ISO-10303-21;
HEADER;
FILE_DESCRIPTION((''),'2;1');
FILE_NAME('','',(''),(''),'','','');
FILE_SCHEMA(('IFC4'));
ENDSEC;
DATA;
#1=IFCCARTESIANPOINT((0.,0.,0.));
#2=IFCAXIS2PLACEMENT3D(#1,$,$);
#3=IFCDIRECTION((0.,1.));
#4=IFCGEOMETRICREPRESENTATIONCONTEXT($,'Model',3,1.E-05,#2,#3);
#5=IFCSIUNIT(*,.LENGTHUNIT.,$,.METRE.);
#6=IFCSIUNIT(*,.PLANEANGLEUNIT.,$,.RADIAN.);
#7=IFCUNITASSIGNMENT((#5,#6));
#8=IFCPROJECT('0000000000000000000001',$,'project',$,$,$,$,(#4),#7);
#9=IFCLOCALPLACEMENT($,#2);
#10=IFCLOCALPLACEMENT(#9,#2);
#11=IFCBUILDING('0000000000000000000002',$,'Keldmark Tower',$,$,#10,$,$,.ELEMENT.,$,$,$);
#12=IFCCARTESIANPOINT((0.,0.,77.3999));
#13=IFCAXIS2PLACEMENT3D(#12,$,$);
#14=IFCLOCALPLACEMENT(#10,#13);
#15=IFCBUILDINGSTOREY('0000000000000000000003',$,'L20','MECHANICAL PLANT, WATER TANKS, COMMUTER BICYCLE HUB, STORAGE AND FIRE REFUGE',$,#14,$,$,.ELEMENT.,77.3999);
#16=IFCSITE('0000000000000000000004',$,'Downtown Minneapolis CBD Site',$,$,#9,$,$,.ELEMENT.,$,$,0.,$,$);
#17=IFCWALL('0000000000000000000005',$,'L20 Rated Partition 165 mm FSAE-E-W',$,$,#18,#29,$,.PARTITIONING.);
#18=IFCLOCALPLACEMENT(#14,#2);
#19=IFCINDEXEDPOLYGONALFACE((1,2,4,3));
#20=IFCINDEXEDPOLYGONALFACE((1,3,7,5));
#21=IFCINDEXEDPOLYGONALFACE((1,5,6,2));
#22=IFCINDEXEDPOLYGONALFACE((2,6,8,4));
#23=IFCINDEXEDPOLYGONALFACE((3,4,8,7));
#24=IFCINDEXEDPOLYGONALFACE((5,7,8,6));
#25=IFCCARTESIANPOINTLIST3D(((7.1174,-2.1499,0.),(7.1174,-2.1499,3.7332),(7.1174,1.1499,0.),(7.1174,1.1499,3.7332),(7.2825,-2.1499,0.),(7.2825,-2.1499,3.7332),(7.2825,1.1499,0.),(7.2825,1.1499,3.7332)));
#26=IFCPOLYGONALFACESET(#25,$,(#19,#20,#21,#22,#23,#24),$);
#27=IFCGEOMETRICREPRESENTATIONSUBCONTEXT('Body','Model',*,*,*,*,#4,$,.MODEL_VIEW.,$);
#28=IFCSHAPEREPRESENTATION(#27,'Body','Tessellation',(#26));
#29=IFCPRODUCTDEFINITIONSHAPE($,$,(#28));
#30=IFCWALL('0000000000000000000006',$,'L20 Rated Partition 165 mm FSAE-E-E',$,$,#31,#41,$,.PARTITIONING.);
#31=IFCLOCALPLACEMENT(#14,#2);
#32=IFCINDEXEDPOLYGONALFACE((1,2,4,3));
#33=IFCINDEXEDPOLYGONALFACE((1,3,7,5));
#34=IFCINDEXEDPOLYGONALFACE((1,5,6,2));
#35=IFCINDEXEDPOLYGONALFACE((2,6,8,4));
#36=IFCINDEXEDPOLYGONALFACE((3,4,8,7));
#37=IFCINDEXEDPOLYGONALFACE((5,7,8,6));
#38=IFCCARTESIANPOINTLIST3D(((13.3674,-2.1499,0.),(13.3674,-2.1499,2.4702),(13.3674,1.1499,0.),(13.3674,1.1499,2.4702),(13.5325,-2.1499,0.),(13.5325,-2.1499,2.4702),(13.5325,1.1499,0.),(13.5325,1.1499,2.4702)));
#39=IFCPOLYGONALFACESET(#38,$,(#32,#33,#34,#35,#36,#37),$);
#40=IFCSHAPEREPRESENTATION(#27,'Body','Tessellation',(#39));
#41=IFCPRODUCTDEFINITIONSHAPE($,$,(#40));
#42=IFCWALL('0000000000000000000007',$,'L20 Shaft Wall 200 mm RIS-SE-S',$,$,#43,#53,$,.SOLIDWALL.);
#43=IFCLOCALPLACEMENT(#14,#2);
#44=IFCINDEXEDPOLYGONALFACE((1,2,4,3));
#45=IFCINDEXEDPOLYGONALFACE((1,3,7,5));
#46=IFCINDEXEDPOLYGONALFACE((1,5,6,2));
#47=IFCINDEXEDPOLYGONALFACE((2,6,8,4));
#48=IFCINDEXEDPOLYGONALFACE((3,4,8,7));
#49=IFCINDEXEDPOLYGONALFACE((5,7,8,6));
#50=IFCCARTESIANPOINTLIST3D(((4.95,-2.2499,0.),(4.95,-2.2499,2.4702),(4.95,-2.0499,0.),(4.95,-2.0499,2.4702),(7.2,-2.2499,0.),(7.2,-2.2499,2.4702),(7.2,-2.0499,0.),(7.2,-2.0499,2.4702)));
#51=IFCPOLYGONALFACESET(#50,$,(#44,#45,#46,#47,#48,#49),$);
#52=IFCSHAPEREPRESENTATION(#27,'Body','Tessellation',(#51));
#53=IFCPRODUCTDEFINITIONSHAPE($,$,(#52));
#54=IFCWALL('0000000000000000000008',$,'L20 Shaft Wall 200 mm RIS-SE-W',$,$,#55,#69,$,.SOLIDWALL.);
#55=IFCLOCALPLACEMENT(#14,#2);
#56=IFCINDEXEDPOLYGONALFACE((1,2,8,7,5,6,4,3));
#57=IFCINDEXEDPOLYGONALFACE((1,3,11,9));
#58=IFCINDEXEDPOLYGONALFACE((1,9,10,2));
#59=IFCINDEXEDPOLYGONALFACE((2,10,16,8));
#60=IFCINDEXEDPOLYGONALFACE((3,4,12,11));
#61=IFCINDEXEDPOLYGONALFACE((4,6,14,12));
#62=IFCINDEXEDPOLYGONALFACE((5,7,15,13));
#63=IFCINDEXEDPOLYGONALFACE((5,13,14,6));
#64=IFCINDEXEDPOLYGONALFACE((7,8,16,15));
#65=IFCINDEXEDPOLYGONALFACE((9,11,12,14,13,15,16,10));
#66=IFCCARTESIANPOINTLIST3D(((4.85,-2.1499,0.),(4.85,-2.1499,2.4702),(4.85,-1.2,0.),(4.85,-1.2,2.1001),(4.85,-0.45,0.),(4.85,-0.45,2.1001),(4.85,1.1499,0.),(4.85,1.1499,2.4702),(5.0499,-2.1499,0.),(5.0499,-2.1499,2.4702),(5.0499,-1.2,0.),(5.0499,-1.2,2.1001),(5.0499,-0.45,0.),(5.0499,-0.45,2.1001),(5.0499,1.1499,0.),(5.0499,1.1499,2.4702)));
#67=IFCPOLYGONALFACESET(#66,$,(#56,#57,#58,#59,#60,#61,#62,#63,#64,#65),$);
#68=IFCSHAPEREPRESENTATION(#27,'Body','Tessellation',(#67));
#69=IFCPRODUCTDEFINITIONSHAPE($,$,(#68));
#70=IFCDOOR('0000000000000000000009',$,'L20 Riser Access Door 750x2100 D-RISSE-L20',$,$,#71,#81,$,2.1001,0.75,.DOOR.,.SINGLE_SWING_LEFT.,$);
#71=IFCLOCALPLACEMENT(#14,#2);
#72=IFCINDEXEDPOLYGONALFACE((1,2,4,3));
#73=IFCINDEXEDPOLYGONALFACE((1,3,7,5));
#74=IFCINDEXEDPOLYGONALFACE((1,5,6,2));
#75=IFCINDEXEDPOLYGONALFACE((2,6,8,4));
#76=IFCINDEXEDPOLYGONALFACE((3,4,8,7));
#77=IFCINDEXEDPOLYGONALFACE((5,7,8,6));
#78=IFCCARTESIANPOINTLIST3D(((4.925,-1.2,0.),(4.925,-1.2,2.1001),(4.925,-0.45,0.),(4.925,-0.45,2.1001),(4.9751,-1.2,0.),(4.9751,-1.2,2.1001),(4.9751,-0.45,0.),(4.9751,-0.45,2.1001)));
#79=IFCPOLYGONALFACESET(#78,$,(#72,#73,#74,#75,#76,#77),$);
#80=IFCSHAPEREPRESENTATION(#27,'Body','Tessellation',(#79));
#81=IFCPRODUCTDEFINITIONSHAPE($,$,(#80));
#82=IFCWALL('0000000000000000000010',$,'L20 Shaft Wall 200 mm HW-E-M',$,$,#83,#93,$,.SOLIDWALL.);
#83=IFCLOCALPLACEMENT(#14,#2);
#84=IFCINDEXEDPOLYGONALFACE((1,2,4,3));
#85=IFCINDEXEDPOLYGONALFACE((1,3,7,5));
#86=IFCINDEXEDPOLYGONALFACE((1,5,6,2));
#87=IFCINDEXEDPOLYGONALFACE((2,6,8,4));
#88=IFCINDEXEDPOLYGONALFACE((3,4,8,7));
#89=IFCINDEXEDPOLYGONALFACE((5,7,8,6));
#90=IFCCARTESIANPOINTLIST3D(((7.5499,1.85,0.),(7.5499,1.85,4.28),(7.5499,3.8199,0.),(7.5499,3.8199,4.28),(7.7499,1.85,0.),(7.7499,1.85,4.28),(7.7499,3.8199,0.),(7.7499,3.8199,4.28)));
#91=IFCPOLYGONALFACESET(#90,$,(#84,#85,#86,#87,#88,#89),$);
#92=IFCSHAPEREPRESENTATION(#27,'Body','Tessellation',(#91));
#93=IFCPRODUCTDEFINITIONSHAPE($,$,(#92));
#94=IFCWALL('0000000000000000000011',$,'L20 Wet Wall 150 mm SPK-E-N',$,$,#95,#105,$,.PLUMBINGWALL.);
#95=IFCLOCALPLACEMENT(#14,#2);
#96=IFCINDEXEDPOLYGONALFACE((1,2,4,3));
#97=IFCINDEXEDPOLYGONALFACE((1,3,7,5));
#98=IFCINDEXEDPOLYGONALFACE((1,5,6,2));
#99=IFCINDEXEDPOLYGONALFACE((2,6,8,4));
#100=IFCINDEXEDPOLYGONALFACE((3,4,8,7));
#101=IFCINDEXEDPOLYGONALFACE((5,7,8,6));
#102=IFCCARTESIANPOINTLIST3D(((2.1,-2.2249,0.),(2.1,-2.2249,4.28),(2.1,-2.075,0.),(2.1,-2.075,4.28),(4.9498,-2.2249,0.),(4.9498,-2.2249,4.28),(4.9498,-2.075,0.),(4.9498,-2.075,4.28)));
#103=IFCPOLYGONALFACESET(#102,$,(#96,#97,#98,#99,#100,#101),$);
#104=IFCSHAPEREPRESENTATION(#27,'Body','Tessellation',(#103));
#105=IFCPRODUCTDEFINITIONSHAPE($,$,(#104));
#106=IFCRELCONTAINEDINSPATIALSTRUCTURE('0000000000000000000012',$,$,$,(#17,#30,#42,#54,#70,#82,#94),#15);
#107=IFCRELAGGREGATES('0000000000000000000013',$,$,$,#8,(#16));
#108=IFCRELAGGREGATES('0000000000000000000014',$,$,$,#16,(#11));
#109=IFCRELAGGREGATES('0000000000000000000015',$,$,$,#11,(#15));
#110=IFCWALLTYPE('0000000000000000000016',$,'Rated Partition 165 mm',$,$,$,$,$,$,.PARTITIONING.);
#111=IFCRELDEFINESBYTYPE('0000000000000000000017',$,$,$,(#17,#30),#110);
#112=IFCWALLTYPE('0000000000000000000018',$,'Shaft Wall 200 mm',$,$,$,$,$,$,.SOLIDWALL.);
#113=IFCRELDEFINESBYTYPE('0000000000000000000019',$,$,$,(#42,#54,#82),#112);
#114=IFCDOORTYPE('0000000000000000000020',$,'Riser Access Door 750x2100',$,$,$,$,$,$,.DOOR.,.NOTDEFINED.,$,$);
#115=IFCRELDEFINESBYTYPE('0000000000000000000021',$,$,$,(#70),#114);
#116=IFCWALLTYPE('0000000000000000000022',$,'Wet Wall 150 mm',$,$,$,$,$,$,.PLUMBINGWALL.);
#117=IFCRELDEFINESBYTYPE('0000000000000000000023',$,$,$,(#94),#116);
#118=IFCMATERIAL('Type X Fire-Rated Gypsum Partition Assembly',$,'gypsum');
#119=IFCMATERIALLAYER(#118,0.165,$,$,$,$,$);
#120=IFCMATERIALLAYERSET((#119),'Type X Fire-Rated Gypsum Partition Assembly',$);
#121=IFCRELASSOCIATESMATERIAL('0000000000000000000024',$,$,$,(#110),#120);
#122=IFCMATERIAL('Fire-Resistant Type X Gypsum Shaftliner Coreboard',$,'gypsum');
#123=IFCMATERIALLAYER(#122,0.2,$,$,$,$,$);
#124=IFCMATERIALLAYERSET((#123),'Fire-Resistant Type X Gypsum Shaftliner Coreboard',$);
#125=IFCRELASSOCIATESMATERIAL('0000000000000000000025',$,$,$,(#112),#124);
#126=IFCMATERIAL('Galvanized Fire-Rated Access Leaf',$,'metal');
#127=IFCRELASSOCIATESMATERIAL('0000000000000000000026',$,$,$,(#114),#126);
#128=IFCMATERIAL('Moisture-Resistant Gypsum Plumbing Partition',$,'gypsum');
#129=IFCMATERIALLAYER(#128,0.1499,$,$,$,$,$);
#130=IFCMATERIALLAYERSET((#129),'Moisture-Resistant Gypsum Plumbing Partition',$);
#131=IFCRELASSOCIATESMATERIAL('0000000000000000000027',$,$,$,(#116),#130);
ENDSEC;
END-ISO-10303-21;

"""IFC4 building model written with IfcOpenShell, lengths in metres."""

from ifc_helpers import new_model, si_unit, direction, frame, frame_2d, origin, place, context, subcontext, project, spatial, rectangle, extrude, material, layer, layer_set, type_object, element, fill, save


model = new_model("IFC4")

# Units and contexts
model_context = context("Model", 3, precision=1e-05, world=origin(), true_north=direction((0.0, 1.0)))
body_context = subcontext(model_context, "Body", "Model", "MODEL_VIEW")
ifc_project = project(units=[si_unit("LENGTHUNIT", "METRE"), si_unit("PLANEANGLEUNIT", "RADIAN")], contexts=[model_context])

# Site, building, storey
site_placement = place(None, origin())
site = spatial("IfcSite", under=ifc_project, at=site_placement, Name="Downtown Minneapolis CBD Site", CompositionType="ELEMENT", RefElevation=0.0)
building_placement = place(site_placement, origin())
building = spatial("IfcBuilding", under=site, at=building_placement, Name="Keldmark Tower", CompositionType="ELEMENT")
storey_placement = place(building_placement, frame((0.0, 0.0, 77.3999)))
storey = spatial("IfcBuildingStorey", under=building, at=storey_placement, Name="L20", Description="MECHANICAL PLANT, WATER TANKS, COMMUTER BICYCLE HUB, STORAGE AND FIRE REFUGE", CompositionType="ELEMENT", Elevation=77.3999)

# Shared definitions
ifc_material_1 = material(Name="Type X Fire-Rated Gypsum Partition Assembly", Category="gypsum")
ifc_layer_1 = layer(ifc_material_1, 0.165)
ifc_layer_set_1 = layer_set([ifc_layer_1], Name="Type X Fire-Rated Gypsum Partition Assembly")
wall_type_1 = type_object("IfcWallType", Name="Rated Partition 165 mm", PredefinedType="PARTITIONING", material=ifc_layer_set_1)

# Walls
wall_1_placement = place(storey_placement, frame((7.2, -2.1499, 0.0), z_axis=(0.0, 0.0, 1.0), x_axis=(0.0, 1.0, 0.0)))
element("IfcWall", 1, at=wall_1_placement, inside=storey, type_object=wall_type_1, Name="L20 Rated Partition 165 mm FSAE-E-W", PredefinedType="PARTITIONING", context=body_context, shape_type="SweptSolid", body=[
    extrude(rectangle(XDim=3.2998, YDim=0.165, at=frame_2d((1.6499, 0.0))), origin(), (0.0, 0.0, 1.0), 3.7332),
])
wall_2_placement = place(storey_placement, frame((13.45, -2.1499, 0.0), z_axis=(0.0, 0.0, 1.0), x_axis=(0.0, 1.0, 0.0)))
element("IfcWall", 2, at=wall_2_placement, inside=storey, type_object=wall_type_1, Name="L20 Rated Partition 165 mm FSAE-E-E", PredefinedType="PARTITIONING", context=body_context, shape_type="SweptSolid", body=[
    extrude(rectangle(XDim=3.2998, YDim=0.165, at=frame_2d((1.6499, 0.0))), origin(), (0.0, 0.0, 1.0), 2.4702),
])
ifc_material_2 = material(Name="Fire-Resistant Type X Gypsum Shaftliner Coreboard", Category="gypsum")
ifc_layer_2 = layer(ifc_material_2, 0.2)
ifc_layer_set_2 = layer_set([ifc_layer_2], Name="Fire-Resistant Type X Gypsum Shaftliner Coreboard")
wall_type_2 = type_object("IfcWallType", Name="Shaft Wall 200 mm", PredefinedType="SOLIDWALL", material=ifc_layer_set_2)
wall_3_placement = place(storey_placement, frame((4.95, -2.1499, 0.0), z_axis=(0.0, 0.0, 1.0), x_axis=(1.0, 0.0, 0.0)))
element("IfcWall", 3, at=wall_3_placement, inside=storey, type_object=wall_type_2, Name="L20 Shaft Wall 200 mm RIS-SE-S", PredefinedType="SOLIDWALL", context=body_context, shape_type="SweptSolid", body=[
    extrude(rectangle(XDim=2.25, YDim=0.2, at=frame_2d((1.125, 0.0))), origin(), (0.0, 0.0, 1.0), 2.4702),
])

# Wall, opening, door
wall_4_placement = place(storey_placement, frame((4.95, -2.1499, 0.0), z_axis=(0.0, 0.0, 1.0), x_axis=(0.0, 1.0, 0.0)))
wall_4 = element("IfcWall", 4, at=wall_4_placement, inside=storey, type_object=wall_type_2, Name="L20 Shaft Wall 200 mm RIS-SE-W", PredefinedType="SOLIDWALL", context=body_context, shape_type="SweptSolid", body=[
    extrude(rectangle(XDim=3.2998, YDim=0.2, at=frame_2d((1.6499, 0.0))), origin(), (0.0, 0.0, 1.0), 2.4702),
])
opening_1_placement = place(wall_4_placement, frame((0.95, 0.0, 0.0)))
opening_1 = element("IfcOpeningElement", 5, at=opening_1_placement, cuts=wall_4, PredefinedType="OPENING", context=body_context, shape_type="SweptSolid", body=[
    extrude(rectangle(XDim=0.75, YDim=2.1001, at=frame_2d((0.375, 1.05))), frame((0.0, 0.1099, 0.0), z_axis=(0.0, -1.0, 0.0), x_axis=(1.0, 0.0, 0.0)), (0.0, 0.0, 1.0), 0.22),
])
ifc_material_3 = material(Name="Galvanized Fire-Rated Access Leaf", Category="metal")
door_type_1 = type_object("IfcDoorType", Name="Riser Access Door 750x2100", OperationType="NOTDEFINED", PredefinedType="DOOR", material=ifc_material_3)
door_1_placement = place(opening_1_placement, origin())
door_1 = element("IfcDoor", 6, at=door_1_placement, inside=storey, type_object=door_type_1, Name="L20 Riser Access Door 750x2100 D-RISSE-L20", OperationType="SINGLE_SWING_LEFT", OverallHeight=2.1001, OverallWidth=0.75, PredefinedType="DOOR", context=body_context, shape_type="SweptSolid", body=[
    extrude(rectangle(XDim=0.75, YDim=2.1001, at=frame_2d((0.375, 1.05))), frame((0.0, 0.0249, 0.0), z_axis=(0.0, -1.0, 0.0), x_axis=(1.0, 0.0, 0.0)), (0.0, 0.0, 1.0), 0.05),
])
fill(opening_1, door_1)

# Walls
wall_5_placement = place(storey_placement, frame((7.6499, 1.8501, 0.0), z_axis=(0.0, 0.0, 1.0), x_axis=(0.0, 1.0, 0.0)))
element("IfcWall", 7, at=wall_5_placement, inside=storey, type_object=wall_type_2, Name="L20 Shaft Wall 200 mm HW-E-M", PredefinedType="SOLIDWALL", context=body_context, shape_type="SweptSolid", body=[
    extrude(rectangle(XDim=1.97, YDim=0.2, at=frame_2d((0.9849, 0.0))), origin(), (0.0, 0.0, 1.0), 4.28),
])
ifc_material_4 = material(Name="Moisture-Resistant Gypsum Plumbing Partition", Category="gypsum")
ifc_layer_3 = layer(ifc_material_4, 0.1499)
ifc_layer_set_3 = layer_set([ifc_layer_3], Name="Moisture-Resistant Gypsum Plumbing Partition")
wall_type_3 = type_object("IfcWallType", Name="Wet Wall 150 mm", PredefinedType="PLUMBINGWALL", material=ifc_layer_set_3)
wall_6_placement = place(storey_placement, frame((2.1001, -2.1499, 0.0), z_axis=(0.0, 0.0, 1.0), x_axis=(1.0, 0.0, 0.0)))
element("IfcWall", 8, at=wall_6_placement, inside=storey, type_object=wall_type_3, Name="L20 Wet Wall 150 mm SPK-E-N", PredefinedType="PLUMBINGWALL", context=body_context, shape_type="SweptSolid", body=[
    extrude(rectangle(XDim=2.8499, YDim=0.1499, at=frame_2d((1.4248, 0.0))), origin(), (0.0, 0.0, 1.0), 4.28),
])

save(model, "model.ifc")
